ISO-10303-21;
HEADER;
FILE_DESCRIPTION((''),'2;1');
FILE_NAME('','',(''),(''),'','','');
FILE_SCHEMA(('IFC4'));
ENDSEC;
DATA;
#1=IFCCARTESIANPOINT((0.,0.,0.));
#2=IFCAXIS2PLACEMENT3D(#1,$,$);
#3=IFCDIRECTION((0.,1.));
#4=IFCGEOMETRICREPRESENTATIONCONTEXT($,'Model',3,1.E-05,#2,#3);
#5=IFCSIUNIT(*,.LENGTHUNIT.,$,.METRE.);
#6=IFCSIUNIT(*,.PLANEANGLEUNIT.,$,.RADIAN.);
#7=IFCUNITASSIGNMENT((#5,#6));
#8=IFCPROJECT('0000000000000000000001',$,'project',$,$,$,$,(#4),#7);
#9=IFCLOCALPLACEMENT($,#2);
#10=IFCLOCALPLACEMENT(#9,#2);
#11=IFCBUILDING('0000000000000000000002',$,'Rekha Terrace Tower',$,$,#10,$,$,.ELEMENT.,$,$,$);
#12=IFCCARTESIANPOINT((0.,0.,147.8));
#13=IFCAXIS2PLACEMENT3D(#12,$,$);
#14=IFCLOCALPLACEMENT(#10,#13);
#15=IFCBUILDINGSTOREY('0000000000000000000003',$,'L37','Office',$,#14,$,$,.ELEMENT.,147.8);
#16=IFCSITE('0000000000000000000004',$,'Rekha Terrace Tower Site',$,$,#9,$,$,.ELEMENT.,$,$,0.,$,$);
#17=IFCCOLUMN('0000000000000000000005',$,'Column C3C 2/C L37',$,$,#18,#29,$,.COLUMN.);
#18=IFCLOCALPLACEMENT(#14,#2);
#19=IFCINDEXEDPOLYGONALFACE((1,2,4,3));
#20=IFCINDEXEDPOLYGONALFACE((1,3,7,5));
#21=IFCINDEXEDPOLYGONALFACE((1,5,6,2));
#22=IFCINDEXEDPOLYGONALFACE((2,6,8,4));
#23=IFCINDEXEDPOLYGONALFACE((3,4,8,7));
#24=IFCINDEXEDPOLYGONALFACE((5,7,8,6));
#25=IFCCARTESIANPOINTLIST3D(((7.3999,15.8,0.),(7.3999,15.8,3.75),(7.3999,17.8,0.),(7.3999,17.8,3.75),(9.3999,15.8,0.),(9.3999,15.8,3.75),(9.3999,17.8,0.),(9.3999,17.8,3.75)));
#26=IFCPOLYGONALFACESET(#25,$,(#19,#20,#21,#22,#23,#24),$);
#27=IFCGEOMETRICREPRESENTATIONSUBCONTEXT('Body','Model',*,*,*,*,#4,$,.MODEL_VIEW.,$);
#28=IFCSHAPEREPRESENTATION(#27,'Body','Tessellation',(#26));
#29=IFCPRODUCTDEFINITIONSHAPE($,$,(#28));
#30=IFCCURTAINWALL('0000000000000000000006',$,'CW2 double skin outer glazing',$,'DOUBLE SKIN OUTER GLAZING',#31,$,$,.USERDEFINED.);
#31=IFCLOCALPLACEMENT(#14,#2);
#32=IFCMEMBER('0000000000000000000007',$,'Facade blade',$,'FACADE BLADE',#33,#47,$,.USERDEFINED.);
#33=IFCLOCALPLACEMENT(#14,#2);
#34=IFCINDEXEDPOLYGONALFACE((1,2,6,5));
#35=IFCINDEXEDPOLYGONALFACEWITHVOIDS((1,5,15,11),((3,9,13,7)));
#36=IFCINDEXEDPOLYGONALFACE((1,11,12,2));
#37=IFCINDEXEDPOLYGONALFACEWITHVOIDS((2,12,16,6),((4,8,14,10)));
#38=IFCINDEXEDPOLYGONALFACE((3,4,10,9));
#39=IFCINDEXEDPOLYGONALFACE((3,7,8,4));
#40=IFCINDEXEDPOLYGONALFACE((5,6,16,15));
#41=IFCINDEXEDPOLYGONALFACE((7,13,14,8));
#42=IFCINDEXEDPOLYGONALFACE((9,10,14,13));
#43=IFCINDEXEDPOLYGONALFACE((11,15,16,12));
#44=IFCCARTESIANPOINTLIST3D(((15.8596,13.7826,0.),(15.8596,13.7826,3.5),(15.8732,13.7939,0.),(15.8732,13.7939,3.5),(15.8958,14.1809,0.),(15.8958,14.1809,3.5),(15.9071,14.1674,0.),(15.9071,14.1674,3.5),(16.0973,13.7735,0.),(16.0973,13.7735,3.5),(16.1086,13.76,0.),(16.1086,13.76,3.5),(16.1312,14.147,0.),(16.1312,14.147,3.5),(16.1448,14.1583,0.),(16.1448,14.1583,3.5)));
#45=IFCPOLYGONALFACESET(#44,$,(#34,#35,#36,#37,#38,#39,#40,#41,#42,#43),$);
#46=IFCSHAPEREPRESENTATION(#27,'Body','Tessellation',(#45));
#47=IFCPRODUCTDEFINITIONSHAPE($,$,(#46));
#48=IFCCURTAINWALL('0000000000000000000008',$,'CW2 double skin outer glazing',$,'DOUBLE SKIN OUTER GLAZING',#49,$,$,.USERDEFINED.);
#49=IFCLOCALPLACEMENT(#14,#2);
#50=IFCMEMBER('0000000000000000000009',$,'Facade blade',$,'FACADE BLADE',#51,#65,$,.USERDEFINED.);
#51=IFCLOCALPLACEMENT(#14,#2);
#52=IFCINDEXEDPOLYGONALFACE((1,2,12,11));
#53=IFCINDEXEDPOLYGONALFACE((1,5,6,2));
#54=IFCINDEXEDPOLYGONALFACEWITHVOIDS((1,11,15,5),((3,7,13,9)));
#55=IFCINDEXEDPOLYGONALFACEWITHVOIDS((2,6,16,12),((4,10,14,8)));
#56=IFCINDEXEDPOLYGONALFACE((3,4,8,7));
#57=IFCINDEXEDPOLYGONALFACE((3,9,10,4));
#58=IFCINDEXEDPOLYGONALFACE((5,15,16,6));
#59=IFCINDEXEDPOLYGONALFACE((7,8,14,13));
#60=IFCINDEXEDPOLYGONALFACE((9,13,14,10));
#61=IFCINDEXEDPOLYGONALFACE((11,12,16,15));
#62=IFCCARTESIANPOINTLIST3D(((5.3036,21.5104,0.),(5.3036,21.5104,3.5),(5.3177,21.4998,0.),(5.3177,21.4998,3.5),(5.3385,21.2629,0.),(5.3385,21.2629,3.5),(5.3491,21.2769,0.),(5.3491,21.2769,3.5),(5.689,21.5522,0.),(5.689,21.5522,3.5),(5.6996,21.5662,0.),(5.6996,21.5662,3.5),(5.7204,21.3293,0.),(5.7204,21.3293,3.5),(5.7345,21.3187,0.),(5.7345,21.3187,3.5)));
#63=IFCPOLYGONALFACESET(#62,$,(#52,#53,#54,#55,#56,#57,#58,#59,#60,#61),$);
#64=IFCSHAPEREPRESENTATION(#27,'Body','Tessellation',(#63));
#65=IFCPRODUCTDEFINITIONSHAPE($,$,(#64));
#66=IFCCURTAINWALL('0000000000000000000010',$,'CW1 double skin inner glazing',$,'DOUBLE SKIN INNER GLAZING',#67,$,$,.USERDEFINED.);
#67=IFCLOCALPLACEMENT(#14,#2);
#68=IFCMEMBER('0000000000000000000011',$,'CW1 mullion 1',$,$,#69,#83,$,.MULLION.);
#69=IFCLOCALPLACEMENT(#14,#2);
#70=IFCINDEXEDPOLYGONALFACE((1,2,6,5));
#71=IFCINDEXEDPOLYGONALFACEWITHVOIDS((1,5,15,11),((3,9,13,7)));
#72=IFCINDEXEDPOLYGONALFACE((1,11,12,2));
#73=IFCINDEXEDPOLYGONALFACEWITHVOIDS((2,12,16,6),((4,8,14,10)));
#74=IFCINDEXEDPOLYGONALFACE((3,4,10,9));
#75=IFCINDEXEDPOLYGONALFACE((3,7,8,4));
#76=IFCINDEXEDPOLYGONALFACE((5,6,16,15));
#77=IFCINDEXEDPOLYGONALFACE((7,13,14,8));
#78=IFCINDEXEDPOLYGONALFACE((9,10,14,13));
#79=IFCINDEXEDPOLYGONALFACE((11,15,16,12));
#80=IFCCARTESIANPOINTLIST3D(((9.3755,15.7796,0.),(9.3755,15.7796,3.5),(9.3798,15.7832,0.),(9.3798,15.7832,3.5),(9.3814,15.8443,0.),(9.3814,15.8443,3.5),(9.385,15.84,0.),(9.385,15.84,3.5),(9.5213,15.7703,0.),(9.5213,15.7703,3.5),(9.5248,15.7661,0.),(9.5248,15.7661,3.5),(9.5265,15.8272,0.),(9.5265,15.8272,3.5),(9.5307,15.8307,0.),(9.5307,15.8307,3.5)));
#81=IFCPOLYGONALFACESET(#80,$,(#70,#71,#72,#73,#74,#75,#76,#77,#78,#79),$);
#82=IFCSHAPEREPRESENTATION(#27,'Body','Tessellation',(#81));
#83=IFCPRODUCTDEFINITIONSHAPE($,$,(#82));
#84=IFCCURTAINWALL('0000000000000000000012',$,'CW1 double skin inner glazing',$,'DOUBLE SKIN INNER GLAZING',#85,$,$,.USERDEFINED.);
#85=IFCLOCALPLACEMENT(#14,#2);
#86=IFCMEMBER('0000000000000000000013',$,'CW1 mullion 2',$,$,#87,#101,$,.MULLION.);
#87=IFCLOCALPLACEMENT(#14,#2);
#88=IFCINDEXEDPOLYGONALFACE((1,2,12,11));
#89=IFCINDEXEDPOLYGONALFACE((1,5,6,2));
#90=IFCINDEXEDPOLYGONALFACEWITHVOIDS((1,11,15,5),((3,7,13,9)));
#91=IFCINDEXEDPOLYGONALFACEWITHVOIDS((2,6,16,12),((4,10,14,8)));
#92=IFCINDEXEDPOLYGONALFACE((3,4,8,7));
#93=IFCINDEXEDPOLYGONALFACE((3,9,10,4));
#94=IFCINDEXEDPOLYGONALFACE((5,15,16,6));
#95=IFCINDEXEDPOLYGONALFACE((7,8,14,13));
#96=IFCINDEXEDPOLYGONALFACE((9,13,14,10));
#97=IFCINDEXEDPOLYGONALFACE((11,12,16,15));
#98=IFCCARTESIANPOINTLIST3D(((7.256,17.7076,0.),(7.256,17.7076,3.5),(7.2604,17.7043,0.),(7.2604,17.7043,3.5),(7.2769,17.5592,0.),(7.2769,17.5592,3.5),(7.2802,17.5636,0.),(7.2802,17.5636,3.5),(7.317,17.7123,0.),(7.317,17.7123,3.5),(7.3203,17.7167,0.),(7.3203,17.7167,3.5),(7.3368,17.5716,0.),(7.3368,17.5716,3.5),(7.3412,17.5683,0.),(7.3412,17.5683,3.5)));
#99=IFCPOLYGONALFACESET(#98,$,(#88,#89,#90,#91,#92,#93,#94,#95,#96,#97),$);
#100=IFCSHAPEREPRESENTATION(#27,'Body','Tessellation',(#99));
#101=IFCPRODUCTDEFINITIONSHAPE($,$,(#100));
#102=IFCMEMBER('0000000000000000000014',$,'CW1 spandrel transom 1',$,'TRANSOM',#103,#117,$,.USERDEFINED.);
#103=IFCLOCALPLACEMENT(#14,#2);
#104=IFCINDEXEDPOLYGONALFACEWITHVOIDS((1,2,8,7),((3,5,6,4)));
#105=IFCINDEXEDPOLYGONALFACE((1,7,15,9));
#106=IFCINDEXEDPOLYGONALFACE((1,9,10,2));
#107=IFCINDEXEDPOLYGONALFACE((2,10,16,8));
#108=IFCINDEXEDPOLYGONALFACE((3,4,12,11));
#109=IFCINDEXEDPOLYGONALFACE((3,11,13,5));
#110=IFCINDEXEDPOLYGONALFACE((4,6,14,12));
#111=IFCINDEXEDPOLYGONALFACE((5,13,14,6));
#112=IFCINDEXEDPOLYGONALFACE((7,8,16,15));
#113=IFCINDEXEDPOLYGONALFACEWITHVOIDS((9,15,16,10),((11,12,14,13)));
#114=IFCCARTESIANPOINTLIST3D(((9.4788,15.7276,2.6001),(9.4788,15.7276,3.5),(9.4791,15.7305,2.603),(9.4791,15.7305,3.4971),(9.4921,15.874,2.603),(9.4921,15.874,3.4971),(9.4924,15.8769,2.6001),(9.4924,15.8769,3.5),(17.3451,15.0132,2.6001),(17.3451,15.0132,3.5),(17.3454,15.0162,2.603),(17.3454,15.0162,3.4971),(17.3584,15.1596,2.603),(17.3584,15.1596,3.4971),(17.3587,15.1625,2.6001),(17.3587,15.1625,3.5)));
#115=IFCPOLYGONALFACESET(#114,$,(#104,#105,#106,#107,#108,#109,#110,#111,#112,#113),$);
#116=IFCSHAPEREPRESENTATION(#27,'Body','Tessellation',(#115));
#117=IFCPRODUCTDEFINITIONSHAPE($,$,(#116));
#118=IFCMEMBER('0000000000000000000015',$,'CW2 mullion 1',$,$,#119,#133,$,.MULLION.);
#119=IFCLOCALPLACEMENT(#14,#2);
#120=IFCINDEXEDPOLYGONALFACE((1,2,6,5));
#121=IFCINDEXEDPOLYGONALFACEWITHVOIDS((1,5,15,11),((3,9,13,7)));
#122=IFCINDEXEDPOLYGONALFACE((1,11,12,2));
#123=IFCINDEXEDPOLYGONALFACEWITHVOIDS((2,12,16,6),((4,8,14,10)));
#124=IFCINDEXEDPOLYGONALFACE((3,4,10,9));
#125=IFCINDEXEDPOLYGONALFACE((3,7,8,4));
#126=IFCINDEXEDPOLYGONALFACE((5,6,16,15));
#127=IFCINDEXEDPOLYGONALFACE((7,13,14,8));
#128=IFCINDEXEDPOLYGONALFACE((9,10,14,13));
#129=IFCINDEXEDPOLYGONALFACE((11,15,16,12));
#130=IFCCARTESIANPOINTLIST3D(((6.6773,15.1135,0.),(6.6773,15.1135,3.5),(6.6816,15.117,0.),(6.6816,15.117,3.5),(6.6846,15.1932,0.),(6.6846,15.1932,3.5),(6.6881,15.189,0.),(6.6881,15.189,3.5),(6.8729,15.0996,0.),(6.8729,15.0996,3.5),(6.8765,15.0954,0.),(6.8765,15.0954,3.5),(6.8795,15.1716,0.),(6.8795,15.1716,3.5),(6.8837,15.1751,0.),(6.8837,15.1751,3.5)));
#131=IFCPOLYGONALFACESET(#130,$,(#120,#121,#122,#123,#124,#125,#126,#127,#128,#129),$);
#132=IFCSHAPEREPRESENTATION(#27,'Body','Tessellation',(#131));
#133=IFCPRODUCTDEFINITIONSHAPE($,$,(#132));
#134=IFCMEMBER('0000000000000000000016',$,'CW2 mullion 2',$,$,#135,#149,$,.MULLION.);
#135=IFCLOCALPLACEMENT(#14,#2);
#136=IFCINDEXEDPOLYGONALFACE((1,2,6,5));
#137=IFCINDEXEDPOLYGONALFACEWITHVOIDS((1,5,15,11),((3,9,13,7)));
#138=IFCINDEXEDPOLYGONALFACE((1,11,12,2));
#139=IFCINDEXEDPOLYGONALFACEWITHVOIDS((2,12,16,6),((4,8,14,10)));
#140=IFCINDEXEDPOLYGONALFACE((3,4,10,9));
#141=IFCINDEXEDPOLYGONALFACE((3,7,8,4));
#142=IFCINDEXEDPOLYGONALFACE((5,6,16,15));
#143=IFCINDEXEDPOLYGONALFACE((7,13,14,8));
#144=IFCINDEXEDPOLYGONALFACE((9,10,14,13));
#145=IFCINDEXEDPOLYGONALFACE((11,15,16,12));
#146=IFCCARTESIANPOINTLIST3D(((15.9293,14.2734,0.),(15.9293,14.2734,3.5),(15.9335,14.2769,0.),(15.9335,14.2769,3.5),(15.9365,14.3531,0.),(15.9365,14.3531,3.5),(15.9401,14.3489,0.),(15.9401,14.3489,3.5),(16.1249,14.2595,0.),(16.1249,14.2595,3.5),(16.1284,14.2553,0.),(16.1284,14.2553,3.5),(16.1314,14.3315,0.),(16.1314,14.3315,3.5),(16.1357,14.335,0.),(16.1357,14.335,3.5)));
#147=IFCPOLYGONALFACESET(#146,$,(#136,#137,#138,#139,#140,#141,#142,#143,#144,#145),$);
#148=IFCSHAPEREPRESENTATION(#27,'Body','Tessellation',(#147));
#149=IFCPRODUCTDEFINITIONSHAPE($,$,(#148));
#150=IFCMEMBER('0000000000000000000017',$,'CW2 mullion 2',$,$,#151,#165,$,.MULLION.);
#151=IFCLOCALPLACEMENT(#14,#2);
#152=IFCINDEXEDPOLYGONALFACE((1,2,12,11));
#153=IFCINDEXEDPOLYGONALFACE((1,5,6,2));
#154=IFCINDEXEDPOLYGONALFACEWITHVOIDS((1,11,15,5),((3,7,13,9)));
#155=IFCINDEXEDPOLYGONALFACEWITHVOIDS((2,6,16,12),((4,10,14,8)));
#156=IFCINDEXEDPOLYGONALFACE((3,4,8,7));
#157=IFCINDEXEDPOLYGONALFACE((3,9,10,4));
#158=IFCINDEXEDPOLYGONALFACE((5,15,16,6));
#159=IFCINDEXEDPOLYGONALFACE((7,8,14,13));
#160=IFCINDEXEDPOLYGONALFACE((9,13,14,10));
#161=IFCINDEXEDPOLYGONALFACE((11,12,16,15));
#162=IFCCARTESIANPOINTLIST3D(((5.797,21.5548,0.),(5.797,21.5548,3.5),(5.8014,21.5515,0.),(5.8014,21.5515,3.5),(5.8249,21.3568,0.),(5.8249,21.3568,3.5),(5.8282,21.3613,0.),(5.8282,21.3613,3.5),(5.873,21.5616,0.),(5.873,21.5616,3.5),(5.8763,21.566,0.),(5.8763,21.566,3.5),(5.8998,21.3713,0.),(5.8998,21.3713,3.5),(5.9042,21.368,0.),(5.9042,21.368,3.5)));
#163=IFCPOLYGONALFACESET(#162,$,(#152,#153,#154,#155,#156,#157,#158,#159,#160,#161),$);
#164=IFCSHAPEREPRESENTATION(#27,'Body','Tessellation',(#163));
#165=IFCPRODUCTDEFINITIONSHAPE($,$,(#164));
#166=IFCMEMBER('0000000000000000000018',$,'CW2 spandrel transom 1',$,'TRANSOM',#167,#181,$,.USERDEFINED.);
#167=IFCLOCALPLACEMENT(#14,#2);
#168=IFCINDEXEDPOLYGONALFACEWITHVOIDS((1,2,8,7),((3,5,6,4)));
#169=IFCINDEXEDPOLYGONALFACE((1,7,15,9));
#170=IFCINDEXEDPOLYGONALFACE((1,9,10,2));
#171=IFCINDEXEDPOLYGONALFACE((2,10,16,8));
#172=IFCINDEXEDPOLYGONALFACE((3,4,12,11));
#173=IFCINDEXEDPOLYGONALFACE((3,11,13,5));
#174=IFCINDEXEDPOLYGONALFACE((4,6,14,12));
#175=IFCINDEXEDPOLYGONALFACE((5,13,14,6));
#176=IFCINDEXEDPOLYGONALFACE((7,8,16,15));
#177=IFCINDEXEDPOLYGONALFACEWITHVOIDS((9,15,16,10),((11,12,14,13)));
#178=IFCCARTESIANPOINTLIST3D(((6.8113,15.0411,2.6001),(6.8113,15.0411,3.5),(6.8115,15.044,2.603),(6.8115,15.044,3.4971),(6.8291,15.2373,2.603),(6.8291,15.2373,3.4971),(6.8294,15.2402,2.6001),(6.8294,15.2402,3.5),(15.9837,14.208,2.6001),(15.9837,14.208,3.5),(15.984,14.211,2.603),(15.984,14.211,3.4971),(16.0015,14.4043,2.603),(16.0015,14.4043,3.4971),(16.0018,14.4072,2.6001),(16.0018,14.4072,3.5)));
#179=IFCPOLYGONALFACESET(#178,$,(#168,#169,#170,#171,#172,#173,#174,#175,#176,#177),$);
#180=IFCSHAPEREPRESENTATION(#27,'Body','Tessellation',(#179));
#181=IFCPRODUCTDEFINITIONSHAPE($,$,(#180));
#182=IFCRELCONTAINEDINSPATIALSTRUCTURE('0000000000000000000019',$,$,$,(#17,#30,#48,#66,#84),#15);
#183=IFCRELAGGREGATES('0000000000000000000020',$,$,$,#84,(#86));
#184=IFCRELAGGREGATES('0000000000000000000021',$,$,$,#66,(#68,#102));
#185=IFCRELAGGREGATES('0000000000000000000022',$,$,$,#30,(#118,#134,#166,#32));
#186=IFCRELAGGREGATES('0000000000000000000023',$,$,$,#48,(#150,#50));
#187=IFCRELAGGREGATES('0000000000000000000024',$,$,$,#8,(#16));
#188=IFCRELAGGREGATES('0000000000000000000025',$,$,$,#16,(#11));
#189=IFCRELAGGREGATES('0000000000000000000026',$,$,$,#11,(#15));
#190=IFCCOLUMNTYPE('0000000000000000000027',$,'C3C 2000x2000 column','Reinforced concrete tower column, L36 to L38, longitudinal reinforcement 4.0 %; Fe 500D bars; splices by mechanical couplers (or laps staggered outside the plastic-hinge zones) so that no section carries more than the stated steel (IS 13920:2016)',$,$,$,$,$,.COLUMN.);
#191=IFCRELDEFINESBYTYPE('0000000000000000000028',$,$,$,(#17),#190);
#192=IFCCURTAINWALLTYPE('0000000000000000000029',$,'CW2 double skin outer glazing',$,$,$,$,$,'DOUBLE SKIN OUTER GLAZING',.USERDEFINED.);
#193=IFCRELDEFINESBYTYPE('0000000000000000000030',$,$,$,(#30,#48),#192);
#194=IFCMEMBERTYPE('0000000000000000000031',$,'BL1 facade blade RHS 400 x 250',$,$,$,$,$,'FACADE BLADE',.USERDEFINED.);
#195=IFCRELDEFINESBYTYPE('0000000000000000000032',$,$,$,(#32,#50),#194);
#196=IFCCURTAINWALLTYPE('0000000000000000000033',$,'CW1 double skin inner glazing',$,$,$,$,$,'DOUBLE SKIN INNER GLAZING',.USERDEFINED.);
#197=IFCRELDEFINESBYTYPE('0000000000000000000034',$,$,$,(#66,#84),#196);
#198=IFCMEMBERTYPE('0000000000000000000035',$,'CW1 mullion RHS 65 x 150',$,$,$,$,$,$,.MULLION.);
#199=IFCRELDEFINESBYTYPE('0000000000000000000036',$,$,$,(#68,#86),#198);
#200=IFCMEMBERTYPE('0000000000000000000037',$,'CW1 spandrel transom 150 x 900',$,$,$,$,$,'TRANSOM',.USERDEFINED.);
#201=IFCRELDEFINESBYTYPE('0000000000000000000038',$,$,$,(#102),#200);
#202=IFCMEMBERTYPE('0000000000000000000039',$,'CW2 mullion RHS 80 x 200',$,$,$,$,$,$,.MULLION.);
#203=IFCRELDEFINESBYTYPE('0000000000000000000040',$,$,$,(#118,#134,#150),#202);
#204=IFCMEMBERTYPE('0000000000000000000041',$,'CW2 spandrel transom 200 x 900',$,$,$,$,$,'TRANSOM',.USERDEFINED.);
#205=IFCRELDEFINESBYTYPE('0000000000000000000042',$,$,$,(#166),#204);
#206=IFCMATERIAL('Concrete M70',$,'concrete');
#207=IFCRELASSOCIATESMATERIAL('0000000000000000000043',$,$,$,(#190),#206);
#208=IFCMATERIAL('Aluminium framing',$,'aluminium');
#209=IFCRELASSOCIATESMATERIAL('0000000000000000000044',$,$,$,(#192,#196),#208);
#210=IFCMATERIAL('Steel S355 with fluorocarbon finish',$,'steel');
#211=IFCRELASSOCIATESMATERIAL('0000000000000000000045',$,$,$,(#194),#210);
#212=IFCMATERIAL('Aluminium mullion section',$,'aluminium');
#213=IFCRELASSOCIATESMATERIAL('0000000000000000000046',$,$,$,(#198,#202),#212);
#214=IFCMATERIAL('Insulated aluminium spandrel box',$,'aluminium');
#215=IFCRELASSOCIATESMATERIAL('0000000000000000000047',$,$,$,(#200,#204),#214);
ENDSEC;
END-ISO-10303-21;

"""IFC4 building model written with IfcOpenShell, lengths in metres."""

from ifc_helpers import new_model, si_unit, direction, frame, origin, origin_2d, place, context, subcontext, project, spatial, rectangle, hollow_rectangle, extrude, material, material_profile, profile_set, type_object, element, aggregate, save


model = new_model("IFC4")

# Units and contexts
model_context = context("Model", 3, precision=1e-05, world=origin(), true_north=direction((0.0, 1.0)))
body_context = subcontext(model_context, "Body", "Model", "MODEL_VIEW")
ifc_project = project(units=[si_unit("LENGTHUNIT", "METRE"), si_unit("PLANEANGLEUNIT", "RADIAN")], contexts=[model_context])

# Site, building, storey
site_placement = place(None, origin())
site = spatial("IfcSite", under=ifc_project, at=site_placement, Name="Rekha Terrace Tower Site", CompositionType="ELEMENT", RefElevation=0.0)
building_placement = place(site_placement, origin())
building = spatial("IfcBuilding", under=site, at=building_placement, Name="Rekha Terrace Tower", CompositionType="ELEMENT")
storey_placement = place(building_placement, frame((0.0, 0.0, 147.8)))
storey = spatial("IfcBuildingStorey", under=building, at=storey_placement, Name="L37", Description="Office", CompositionType="ELEMENT", Elevation=147.8)

# Column
ifc_material_1 = material(Name="Concrete M70", Category="concrete")
ifc_material_profile_1 = material_profile(ifc_material_1, rectangle(XDim=2.0, YDim=2.0, at=origin_2d()), Name="RC 2000x2000")
ifc_profile_set_1 = profile_set([ifc_material_profile_1], Name="Concrete M70")
column_type = type_object("IfcColumnType", Name="C3C 2000x2000 column", Description="Reinforced concrete tower column, L36 to L38, longitudinal reinforcement 4.0 %; Fe 500D bars; splices by mechanical couplers (or laps staggered outside the plastic-hinge zones) so that no section carries more than the stated steel (IS 13920:2016)", PredefinedType="COLUMN", material=ifc_profile_set_1)
column_placement = place(storey_placement, frame((8.3999, 16.8, 0.0), z_axis=(0.0, 0.0, 1.0), x_axis=(1.0, 0.0, 0.0)))
element("IfcColumn", 1, at=column_placement, inside=storey, type_object=column_type, Name="Column C3C 2/C L37", PredefinedType="COLUMN", context=body_context, shape_type="SweptSolid", body=[
    extrude(rectangle(XDim=2.0, YDim=2.0, at=origin_2d()), origin(), (0.0, 0.0, 1.0), 3.75),
])

# Curtain walls, members
ifc_material_2 = material(Name="Aluminium framing", Category="aluminium")
curtain_wall_type_1 = type_object("IfcCurtainWallType", Name="CW2 double skin outer glazing", ElementType="DOUBLE SKIN OUTER GLAZING", PredefinedType="USERDEFINED", material=ifc_material_2)
curtain_wall_1_placement = place(storey_placement, origin())
curtain_wall_1 = element("IfcCurtainWall", 2, at=curtain_wall_1_placement, inside=storey, type_object=curtain_wall_type_1, Name="CW2 double skin outer glazing", ObjectType="DOUBLE SKIN OUTER GLAZING", PredefinedType="USERDEFINED")
ifc_material_3 = material(Name="Steel S355 with fluorocarbon finish", Category="steel")
ifc_material_profile_2 = material_profile(ifc_material_3, hollow_rectangle(XDim=0.25, YDim=0.3999, WallThickness=0.0125, at=origin_2d()), Name="RHS400x250x12.5")
ifc_profile_set_2 = profile_set([ifc_material_profile_2], Name="Steel S355 with fluorocarbon finish")
member_type_1 = type_object("IfcMemberType", Name="BL1 facade blade RHS 400 x 250", ElementType="FACADE BLADE", PredefinedType="USERDEFINED", material=ifc_profile_set_2)
member_1_placement = place(storey_placement, frame((16.0022, 13.9705, 0.0), z_axis=(0.0, 0.0, 1.0), x_axis=(0.995902, -0.09044, 0.0)))
member_1 = element("IfcMember", 3, at=member_1_placement, type_object=member_type_1, Name="Facade blade", ObjectType="FACADE BLADE", PredefinedType="USERDEFINED", context=body_context, shape_type="SweptSolid", body=[
    extrude(hollow_rectangle(XDim=0.25, YDim=0.3999, WallThickness=0.0125, at=origin_2d()), origin(), (0.0, 0.0, 1.0), 3.5),
])
curtain_wall_2_placement = place(storey_placement, origin())
curtain_wall_2 = element("IfcCurtainWall", 4, at=curtain_wall_2_placement, inside=storey, type_object=curtain_wall_type_1, Name="CW2 double skin outer glazing", ObjectType="DOUBLE SKIN OUTER GLAZING", PredefinedType="USERDEFINED")
member_2_placement = place(storey_placement, frame((5.519, 21.4146, 0.0), z_axis=(0.0, 0.0, 1.0), x_axis=(0.139597, -0.990208, 0.0)))
member_2 = element("IfcMember", 5, at=member_2_placement, type_object=member_type_1, Name="Facade blade", ObjectType="FACADE BLADE", PredefinedType="USERDEFINED", context=body_context, shape_type="SweptSolid", body=[
    extrude(hollow_rectangle(XDim=0.25, YDim=0.3999, WallThickness=0.0125, at=origin_2d()), origin(), (0.0, 0.0, 1.0), 3.5),
])
curtain_wall_type_2 = type_object("IfcCurtainWallType", Name="CW1 double skin inner glazing", ElementType="DOUBLE SKIN INNER GLAZING", PredefinedType="USERDEFINED", material=ifc_material_2)
curtain_wall_3_placement = place(storey_placement, origin())
curtain_wall_3 = element("IfcCurtainWall", 6, at=curtain_wall_3_placement, inside=storey, type_object=curtain_wall_type_2, Name="CW1 double skin inner glazing", ObjectType="DOUBLE SKIN INNER GLAZING", PredefinedType="USERDEFINED")
ifc_material_4 = material(Name="Aluminium mullion section", Category="aluminium")
ifc_material_profile_3 = material_profile(ifc_material_4, hollow_rectangle(XDim=0.0649, YDim=0.1499, WallThickness=0.0039, at=origin_2d()), Name="AL RHS 65x150")
ifc_profile_set_3 = profile_set([ifc_material_profile_3], Name="Aluminium mullion section")
member_type_2 = type_object("IfcMemberType", Name="CW1 mullion RHS 65 x 150", PredefinedType="MULLION", material=ifc_profile_set_3)
member_3_placement = place(storey_placement, frame((9.4531, 15.8052, 0.0), z_axis=(0.0, 0.0, 1.0), x_axis=(0.09044, 0.995902, 0.0)))
member_3 = element("IfcMember", 7, at=member_3_placement, type_object=member_type_2, Name="CW1 mullion 1", PredefinedType="MULLION", context=body_context, shape_type="SweptSolid", body=[
    extrude(hollow_rectangle(XDim=0.0649, YDim=0.1499, WallThickness=0.0039, at=origin_2d()), origin(), (0.0, 0.0, 1.0), 3.5),
])
curtain_wall_4_placement = place(storey_placement, origin())
curtain_wall_4 = element("IfcCurtainWall", 8, at=curtain_wall_4_placement, inside=storey, type_object=curtain_wall_type_2, Name="CW1 double skin inner glazing", ObjectType="DOUBLE SKIN INNER GLAZING", PredefinedType="USERDEFINED")
member_4_placement = place(storey_placement, frame((7.2986, 17.6379, 0.0), z_axis=(0.0, 0.0, 1.0), x_axis=(0.990208, 0.139597, 0.0)))
member_4 = element("IfcMember", 9, at=member_4_placement, type_object=member_type_2, Name="CW1 mullion 2", PredefinedType="MULLION", context=body_context, shape_type="SweptSolid", body=[
    extrude(hollow_rectangle(XDim=0.0649, YDim=0.1499, WallThickness=0.0039, at=origin_2d()), origin(), (0.0, 0.0, 1.0), 3.5),
])
aggregate(curtain_wall_4, [member_4])

# Members
ifc_material_5 = material(Name="Insulated aluminium spandrel box", Category="aluminium")
ifc_material_profile_4 = material_profile(ifc_material_5, hollow_rectangle(XDim=0.1499, YDim=0.8999, WallThickness=0.0029, at=origin_2d()), Name="AL SPANDREL BOX 150x900")
ifc_profile_set_4 = profile_set([ifc_material_profile_4], Name="Insulated aluminium spandrel box")
member_type_3 = type_object("IfcMemberType", Name="CW1 spandrel transom 150 x 900", ElementType="TRANSOM", PredefinedType="USERDEFINED", material=ifc_profile_set_4)
member_5_placement = place(storey_placement, frame((9.4856, 15.8022, 3.05), z_axis=(0.995902, -0.090441, 0.0), x_axis=(0.090441, 0.995902, 0.0)))
member_5 = element("IfcMember", 10, at=member_5_placement, type_object=member_type_3, Name="CW1 spandrel transom 1", ObjectType="TRANSOM", PredefinedType="USERDEFINED", context=body_context, shape_type="SweptSolid", body=[
    extrude(hollow_rectangle(XDim=0.1499, YDim=0.8999, WallThickness=0.0029, at=origin_2d()), origin(), (0.0, 0.0, 1.0), 7.8987),
])
ifc_material_profile_5 = material_profile(ifc_material_4, hollow_rectangle(XDim=0.0801, YDim=0.2, WallThickness=0.0039, at=origin_2d()), Name="AL RHS 80x200")
ifc_profile_set_5 = profile_set([ifc_material_profile_5], Name="Aluminium mullion section")
member_type_4 = type_object("IfcMemberType", Name="CW2 mullion RHS 80 x 200", PredefinedType="MULLION", material=ifc_profile_set_5)
member_6_placement = place(storey_placement, frame((6.7805, 15.1443, 0.0), z_axis=(0.0, 0.0, 1.0), x_axis=(0.09044, 0.995902, 0.0)))
member_6 = element("IfcMember", 11, at=member_6_placement, type_object=member_type_4, Name="CW2 mullion 1", PredefinedType="MULLION", context=body_context, shape_type="SweptSolid", body=[
    extrude(hollow_rectangle(XDim=0.0801, YDim=0.2, WallThickness=0.0039, at=origin_2d()), origin(), (0.0, 0.0, 1.0), 3.5),
])
member_7_placement = place(storey_placement, frame((16.0325, 14.3042, 0.0), z_axis=(0.0, 0.0, 1.0), x_axis=(0.09044, 0.995902, 0.0)))
member_7 = element("IfcMember", 12, at=member_7_placement, type_object=member_type_4, Name="CW2 mullion 2", PredefinedType="MULLION", context=body_context, shape_type="SweptSolid", body=[
    extrude(hollow_rectangle(XDim=0.0801, YDim=0.2, WallThickness=0.0039, at=origin_2d()), origin(), (0.0, 0.0, 1.0), 3.5),
])
member_8_placement = place(storey_placement, frame((5.8506, 21.4614, 0.0), z_axis=(0.0, 0.0, 1.0), x_axis=(0.990208, 0.139597, 0.0)))
member_8 = element("IfcMember", 13, at=member_8_placement, type_object=member_type_4, Name="CW2 mullion 2", PredefinedType="MULLION", context=body_context, shape_type="SweptSolid", body=[
    extrude(hollow_rectangle(XDim=0.0801, YDim=0.2, WallThickness=0.0039, at=origin_2d()), origin(), (0.0, 0.0, 1.0), 3.5),
])
ifc_material_profile_6 = material_profile(ifc_material_5, hollow_rectangle(XDim=0.2, YDim=0.8999, WallThickness=0.0029, at=origin_2d()), Name="AL SPANDREL BOX 200x900")
ifc_profile_set_6 = profile_set([ifc_material_profile_6], Name="Insulated aluminium spandrel box")
member_type_5 = type_object("IfcMemberType", Name="CW2 spandrel transom 200 x 900", ElementType="TRANSOM", PredefinedType="USERDEFINED", material=ifc_profile_set_6)
member_9_placement = place(storey_placement, frame((6.8203, 15.1406, 3.05), z_axis=(0.995901, -0.090445, 0.0), x_axis=(0.090445, 0.995901, 0.0)))
member_9 = element("IfcMember", 14, at=member_9_placement, type_object=member_type_5, Name="CW2 spandrel transom 1", ObjectType="TRANSOM", PredefinedType="USERDEFINED", context=body_context, shape_type="SweptSolid", body=[
    extrude(hollow_rectangle(XDim=0.2, YDim=0.8999, WallThickness=0.0029, at=origin_2d()), origin(), (0.0, 0.0, 1.0), 9.2102),
])

aggregate(curtain_wall_3, [member_3, member_5])
aggregate(curtain_wall_1, [member_6, member_7, member_9, member_1])
aggregate(curtain_wall_2, [member_8, member_2])

save(model, "model.ifc")
